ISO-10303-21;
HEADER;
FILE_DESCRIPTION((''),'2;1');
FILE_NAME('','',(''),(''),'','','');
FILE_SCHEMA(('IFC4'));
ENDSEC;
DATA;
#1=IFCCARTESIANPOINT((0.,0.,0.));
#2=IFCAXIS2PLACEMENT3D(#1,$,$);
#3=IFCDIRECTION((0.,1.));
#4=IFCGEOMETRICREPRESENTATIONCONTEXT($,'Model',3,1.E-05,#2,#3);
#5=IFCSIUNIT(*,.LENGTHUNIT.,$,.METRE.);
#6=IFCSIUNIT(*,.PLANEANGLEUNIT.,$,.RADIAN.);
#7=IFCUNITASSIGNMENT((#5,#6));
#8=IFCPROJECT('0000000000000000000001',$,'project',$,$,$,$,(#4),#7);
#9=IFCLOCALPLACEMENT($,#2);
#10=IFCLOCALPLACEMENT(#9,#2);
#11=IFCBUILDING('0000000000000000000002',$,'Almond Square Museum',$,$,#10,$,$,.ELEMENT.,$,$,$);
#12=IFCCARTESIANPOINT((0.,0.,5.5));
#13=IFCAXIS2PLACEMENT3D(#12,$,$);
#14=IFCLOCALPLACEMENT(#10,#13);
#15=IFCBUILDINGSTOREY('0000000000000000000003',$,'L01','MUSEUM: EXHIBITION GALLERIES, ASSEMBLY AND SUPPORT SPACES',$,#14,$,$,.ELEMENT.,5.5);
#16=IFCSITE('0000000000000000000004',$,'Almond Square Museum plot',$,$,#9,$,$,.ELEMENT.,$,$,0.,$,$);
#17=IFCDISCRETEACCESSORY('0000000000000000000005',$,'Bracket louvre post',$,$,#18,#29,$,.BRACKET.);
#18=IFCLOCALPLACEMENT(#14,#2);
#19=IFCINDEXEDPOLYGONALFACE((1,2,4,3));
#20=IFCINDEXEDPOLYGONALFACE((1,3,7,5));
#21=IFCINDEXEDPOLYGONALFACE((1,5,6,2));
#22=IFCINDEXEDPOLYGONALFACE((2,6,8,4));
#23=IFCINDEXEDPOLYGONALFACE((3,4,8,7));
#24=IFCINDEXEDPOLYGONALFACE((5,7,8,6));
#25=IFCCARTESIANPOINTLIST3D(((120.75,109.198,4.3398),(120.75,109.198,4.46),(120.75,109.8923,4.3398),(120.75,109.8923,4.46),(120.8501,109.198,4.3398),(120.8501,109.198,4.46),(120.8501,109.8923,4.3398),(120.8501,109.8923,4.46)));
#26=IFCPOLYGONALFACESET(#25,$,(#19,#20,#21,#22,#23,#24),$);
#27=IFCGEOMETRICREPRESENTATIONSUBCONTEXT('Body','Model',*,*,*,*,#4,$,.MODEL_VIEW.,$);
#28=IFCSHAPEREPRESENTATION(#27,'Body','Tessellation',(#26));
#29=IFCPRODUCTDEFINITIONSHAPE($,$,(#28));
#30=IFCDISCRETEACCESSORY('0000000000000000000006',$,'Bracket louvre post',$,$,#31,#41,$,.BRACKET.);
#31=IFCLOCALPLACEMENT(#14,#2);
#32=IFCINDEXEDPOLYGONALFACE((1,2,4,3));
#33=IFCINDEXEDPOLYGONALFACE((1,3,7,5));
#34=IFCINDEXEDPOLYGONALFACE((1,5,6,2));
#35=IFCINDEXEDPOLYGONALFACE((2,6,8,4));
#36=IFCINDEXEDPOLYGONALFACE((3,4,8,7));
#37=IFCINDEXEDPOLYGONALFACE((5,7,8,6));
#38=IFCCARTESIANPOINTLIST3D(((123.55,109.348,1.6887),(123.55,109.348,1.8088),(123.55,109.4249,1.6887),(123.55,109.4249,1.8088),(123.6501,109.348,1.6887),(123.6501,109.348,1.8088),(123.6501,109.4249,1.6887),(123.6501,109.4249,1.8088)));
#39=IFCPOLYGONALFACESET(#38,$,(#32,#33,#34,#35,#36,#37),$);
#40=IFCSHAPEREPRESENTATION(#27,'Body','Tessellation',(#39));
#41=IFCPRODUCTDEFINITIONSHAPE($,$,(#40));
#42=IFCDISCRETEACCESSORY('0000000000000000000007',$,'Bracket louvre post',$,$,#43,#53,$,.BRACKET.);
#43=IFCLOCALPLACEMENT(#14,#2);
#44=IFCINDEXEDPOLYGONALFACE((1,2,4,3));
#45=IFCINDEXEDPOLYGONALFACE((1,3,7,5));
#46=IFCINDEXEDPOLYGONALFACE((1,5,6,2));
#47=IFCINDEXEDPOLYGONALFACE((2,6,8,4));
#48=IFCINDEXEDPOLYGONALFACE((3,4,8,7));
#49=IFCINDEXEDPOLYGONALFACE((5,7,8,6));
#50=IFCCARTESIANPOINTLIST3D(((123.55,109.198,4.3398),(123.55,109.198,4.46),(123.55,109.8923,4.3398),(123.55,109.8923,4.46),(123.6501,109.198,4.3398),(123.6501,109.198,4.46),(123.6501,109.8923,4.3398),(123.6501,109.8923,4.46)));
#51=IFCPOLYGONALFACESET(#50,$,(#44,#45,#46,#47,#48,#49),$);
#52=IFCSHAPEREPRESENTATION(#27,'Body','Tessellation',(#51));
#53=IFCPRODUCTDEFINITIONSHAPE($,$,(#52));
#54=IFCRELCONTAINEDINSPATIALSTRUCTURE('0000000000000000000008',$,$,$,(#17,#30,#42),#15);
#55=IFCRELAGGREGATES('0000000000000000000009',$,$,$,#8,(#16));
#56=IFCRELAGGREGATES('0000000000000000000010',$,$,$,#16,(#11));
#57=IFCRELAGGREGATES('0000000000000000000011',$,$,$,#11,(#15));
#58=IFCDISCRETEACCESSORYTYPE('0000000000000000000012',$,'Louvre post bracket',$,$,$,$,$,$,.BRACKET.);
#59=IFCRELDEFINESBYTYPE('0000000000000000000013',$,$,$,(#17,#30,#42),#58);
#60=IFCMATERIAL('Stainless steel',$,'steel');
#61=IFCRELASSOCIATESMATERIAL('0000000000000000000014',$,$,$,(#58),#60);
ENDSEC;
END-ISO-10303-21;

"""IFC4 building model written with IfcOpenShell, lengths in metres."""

from ifc_helpers import new_model, si_unit, direction, frame, origin, origin_2d, place, context, subcontext, project, spatial, rectangle, extrude, material, type_object, element, save


model = new_model("IFC4")

# Units and contexts
model_context = context("Model", 3, precision=1e-05, world=origin(), true_north=direction((0.0, 1.0)))
body_context = subcontext(model_context, "Body", "Model", "MODEL_VIEW")
ifc_project = project(units=[si_unit("LENGTHUNIT", "METRE"), si_unit("PLANEANGLEUNIT", "RADIAN")], contexts=[model_context])

# Site, building, storey
site_placement = place(None, origin())
site = spatial("IfcSite", under=ifc_project, at=site_placement, Name="Almond Square Museum plot", CompositionType="ELEMENT", RefElevation=0.0)
building_placement = place(site_placement, origin())
building = spatial("IfcBuilding", under=site, at=building_placement, Name="Almond Square Museum", CompositionType="ELEMENT")
storey_placement = place(building_placement, frame((0.0, 0.0, 5.5)))
storey = spatial("IfcBuildingStorey", under=building, at=storey_placement, Name="L01", Description="MUSEUM: EXHIBITION GALLERIES, ASSEMBLY AND SUPPORT SPACES", CompositionType="ELEMENT", Elevation=5.5)

# Discrete accessories
ifc_material_1 = material(Name="Stainless steel", Category="steel")
discrete_accessory_type = type_object("IfcDiscreteAccessoryType", Name="Louvre post bracket", PredefinedType="BRACKET", material=ifc_material_1)
discrete_accessory_1_placement = place(storey_placement, frame((120.8, 109.5452, 4.3398), z_axis=(0.0, 0.0, 1.0), x_axis=(1.0, 0.0, 0.0)))
element("IfcDiscreteAccessory", 1, at=discrete_accessory_1_placement, inside=storey, type_object=discrete_accessory_type, Name="Bracket louvre post", PredefinedType="BRACKET", context=body_context, shape_type="SweptSolid", body=[
    extrude(rectangle(XDim=0.1001, YDim=0.6943, at=origin_2d()), origin(), (0.0, 0.0, 1.0), 0.1201),
])
discrete_accessory_2_placement = place(storey_placement, frame((123.6001, 109.3865, 1.6887), z_axis=(0.0, 0.0, 1.0), x_axis=(1.0, 0.0, 0.0)))
element("IfcDiscreteAccessory", 2, at=discrete_accessory_2_placement, inside=storey, type_object=discrete_accessory_type, Name="Bracket louvre post", PredefinedType="BRACKET", context=body_context, shape_type="SweptSolid", body=[
    extrude(rectangle(XDim=0.1001, YDim=0.0769, at=origin_2d()), origin(), (0.0, 0.0, 1.0), 0.1201),
])
discrete_accessory_3_placement = place(storey_placement, frame((123.6001, 109.5452, 4.3398), z_axis=(0.0, 0.0, 1.0), x_axis=(1.0, 0.0, 0.0)))
element("IfcDiscreteAccessory", 3, at=discrete_accessory_3_placement, inside=storey, type_object=discrete_accessory_type, Name="Bracket louvre post", PredefinedType="BRACKET", context=body_context, shape_type="SweptSolid", body=[
    extrude(rectangle(XDim=0.1001, YDim=0.6943, at=origin_2d()), origin(), (0.0, 0.0, 1.0), 0.1201),
])

save(model, "model.ifc")
